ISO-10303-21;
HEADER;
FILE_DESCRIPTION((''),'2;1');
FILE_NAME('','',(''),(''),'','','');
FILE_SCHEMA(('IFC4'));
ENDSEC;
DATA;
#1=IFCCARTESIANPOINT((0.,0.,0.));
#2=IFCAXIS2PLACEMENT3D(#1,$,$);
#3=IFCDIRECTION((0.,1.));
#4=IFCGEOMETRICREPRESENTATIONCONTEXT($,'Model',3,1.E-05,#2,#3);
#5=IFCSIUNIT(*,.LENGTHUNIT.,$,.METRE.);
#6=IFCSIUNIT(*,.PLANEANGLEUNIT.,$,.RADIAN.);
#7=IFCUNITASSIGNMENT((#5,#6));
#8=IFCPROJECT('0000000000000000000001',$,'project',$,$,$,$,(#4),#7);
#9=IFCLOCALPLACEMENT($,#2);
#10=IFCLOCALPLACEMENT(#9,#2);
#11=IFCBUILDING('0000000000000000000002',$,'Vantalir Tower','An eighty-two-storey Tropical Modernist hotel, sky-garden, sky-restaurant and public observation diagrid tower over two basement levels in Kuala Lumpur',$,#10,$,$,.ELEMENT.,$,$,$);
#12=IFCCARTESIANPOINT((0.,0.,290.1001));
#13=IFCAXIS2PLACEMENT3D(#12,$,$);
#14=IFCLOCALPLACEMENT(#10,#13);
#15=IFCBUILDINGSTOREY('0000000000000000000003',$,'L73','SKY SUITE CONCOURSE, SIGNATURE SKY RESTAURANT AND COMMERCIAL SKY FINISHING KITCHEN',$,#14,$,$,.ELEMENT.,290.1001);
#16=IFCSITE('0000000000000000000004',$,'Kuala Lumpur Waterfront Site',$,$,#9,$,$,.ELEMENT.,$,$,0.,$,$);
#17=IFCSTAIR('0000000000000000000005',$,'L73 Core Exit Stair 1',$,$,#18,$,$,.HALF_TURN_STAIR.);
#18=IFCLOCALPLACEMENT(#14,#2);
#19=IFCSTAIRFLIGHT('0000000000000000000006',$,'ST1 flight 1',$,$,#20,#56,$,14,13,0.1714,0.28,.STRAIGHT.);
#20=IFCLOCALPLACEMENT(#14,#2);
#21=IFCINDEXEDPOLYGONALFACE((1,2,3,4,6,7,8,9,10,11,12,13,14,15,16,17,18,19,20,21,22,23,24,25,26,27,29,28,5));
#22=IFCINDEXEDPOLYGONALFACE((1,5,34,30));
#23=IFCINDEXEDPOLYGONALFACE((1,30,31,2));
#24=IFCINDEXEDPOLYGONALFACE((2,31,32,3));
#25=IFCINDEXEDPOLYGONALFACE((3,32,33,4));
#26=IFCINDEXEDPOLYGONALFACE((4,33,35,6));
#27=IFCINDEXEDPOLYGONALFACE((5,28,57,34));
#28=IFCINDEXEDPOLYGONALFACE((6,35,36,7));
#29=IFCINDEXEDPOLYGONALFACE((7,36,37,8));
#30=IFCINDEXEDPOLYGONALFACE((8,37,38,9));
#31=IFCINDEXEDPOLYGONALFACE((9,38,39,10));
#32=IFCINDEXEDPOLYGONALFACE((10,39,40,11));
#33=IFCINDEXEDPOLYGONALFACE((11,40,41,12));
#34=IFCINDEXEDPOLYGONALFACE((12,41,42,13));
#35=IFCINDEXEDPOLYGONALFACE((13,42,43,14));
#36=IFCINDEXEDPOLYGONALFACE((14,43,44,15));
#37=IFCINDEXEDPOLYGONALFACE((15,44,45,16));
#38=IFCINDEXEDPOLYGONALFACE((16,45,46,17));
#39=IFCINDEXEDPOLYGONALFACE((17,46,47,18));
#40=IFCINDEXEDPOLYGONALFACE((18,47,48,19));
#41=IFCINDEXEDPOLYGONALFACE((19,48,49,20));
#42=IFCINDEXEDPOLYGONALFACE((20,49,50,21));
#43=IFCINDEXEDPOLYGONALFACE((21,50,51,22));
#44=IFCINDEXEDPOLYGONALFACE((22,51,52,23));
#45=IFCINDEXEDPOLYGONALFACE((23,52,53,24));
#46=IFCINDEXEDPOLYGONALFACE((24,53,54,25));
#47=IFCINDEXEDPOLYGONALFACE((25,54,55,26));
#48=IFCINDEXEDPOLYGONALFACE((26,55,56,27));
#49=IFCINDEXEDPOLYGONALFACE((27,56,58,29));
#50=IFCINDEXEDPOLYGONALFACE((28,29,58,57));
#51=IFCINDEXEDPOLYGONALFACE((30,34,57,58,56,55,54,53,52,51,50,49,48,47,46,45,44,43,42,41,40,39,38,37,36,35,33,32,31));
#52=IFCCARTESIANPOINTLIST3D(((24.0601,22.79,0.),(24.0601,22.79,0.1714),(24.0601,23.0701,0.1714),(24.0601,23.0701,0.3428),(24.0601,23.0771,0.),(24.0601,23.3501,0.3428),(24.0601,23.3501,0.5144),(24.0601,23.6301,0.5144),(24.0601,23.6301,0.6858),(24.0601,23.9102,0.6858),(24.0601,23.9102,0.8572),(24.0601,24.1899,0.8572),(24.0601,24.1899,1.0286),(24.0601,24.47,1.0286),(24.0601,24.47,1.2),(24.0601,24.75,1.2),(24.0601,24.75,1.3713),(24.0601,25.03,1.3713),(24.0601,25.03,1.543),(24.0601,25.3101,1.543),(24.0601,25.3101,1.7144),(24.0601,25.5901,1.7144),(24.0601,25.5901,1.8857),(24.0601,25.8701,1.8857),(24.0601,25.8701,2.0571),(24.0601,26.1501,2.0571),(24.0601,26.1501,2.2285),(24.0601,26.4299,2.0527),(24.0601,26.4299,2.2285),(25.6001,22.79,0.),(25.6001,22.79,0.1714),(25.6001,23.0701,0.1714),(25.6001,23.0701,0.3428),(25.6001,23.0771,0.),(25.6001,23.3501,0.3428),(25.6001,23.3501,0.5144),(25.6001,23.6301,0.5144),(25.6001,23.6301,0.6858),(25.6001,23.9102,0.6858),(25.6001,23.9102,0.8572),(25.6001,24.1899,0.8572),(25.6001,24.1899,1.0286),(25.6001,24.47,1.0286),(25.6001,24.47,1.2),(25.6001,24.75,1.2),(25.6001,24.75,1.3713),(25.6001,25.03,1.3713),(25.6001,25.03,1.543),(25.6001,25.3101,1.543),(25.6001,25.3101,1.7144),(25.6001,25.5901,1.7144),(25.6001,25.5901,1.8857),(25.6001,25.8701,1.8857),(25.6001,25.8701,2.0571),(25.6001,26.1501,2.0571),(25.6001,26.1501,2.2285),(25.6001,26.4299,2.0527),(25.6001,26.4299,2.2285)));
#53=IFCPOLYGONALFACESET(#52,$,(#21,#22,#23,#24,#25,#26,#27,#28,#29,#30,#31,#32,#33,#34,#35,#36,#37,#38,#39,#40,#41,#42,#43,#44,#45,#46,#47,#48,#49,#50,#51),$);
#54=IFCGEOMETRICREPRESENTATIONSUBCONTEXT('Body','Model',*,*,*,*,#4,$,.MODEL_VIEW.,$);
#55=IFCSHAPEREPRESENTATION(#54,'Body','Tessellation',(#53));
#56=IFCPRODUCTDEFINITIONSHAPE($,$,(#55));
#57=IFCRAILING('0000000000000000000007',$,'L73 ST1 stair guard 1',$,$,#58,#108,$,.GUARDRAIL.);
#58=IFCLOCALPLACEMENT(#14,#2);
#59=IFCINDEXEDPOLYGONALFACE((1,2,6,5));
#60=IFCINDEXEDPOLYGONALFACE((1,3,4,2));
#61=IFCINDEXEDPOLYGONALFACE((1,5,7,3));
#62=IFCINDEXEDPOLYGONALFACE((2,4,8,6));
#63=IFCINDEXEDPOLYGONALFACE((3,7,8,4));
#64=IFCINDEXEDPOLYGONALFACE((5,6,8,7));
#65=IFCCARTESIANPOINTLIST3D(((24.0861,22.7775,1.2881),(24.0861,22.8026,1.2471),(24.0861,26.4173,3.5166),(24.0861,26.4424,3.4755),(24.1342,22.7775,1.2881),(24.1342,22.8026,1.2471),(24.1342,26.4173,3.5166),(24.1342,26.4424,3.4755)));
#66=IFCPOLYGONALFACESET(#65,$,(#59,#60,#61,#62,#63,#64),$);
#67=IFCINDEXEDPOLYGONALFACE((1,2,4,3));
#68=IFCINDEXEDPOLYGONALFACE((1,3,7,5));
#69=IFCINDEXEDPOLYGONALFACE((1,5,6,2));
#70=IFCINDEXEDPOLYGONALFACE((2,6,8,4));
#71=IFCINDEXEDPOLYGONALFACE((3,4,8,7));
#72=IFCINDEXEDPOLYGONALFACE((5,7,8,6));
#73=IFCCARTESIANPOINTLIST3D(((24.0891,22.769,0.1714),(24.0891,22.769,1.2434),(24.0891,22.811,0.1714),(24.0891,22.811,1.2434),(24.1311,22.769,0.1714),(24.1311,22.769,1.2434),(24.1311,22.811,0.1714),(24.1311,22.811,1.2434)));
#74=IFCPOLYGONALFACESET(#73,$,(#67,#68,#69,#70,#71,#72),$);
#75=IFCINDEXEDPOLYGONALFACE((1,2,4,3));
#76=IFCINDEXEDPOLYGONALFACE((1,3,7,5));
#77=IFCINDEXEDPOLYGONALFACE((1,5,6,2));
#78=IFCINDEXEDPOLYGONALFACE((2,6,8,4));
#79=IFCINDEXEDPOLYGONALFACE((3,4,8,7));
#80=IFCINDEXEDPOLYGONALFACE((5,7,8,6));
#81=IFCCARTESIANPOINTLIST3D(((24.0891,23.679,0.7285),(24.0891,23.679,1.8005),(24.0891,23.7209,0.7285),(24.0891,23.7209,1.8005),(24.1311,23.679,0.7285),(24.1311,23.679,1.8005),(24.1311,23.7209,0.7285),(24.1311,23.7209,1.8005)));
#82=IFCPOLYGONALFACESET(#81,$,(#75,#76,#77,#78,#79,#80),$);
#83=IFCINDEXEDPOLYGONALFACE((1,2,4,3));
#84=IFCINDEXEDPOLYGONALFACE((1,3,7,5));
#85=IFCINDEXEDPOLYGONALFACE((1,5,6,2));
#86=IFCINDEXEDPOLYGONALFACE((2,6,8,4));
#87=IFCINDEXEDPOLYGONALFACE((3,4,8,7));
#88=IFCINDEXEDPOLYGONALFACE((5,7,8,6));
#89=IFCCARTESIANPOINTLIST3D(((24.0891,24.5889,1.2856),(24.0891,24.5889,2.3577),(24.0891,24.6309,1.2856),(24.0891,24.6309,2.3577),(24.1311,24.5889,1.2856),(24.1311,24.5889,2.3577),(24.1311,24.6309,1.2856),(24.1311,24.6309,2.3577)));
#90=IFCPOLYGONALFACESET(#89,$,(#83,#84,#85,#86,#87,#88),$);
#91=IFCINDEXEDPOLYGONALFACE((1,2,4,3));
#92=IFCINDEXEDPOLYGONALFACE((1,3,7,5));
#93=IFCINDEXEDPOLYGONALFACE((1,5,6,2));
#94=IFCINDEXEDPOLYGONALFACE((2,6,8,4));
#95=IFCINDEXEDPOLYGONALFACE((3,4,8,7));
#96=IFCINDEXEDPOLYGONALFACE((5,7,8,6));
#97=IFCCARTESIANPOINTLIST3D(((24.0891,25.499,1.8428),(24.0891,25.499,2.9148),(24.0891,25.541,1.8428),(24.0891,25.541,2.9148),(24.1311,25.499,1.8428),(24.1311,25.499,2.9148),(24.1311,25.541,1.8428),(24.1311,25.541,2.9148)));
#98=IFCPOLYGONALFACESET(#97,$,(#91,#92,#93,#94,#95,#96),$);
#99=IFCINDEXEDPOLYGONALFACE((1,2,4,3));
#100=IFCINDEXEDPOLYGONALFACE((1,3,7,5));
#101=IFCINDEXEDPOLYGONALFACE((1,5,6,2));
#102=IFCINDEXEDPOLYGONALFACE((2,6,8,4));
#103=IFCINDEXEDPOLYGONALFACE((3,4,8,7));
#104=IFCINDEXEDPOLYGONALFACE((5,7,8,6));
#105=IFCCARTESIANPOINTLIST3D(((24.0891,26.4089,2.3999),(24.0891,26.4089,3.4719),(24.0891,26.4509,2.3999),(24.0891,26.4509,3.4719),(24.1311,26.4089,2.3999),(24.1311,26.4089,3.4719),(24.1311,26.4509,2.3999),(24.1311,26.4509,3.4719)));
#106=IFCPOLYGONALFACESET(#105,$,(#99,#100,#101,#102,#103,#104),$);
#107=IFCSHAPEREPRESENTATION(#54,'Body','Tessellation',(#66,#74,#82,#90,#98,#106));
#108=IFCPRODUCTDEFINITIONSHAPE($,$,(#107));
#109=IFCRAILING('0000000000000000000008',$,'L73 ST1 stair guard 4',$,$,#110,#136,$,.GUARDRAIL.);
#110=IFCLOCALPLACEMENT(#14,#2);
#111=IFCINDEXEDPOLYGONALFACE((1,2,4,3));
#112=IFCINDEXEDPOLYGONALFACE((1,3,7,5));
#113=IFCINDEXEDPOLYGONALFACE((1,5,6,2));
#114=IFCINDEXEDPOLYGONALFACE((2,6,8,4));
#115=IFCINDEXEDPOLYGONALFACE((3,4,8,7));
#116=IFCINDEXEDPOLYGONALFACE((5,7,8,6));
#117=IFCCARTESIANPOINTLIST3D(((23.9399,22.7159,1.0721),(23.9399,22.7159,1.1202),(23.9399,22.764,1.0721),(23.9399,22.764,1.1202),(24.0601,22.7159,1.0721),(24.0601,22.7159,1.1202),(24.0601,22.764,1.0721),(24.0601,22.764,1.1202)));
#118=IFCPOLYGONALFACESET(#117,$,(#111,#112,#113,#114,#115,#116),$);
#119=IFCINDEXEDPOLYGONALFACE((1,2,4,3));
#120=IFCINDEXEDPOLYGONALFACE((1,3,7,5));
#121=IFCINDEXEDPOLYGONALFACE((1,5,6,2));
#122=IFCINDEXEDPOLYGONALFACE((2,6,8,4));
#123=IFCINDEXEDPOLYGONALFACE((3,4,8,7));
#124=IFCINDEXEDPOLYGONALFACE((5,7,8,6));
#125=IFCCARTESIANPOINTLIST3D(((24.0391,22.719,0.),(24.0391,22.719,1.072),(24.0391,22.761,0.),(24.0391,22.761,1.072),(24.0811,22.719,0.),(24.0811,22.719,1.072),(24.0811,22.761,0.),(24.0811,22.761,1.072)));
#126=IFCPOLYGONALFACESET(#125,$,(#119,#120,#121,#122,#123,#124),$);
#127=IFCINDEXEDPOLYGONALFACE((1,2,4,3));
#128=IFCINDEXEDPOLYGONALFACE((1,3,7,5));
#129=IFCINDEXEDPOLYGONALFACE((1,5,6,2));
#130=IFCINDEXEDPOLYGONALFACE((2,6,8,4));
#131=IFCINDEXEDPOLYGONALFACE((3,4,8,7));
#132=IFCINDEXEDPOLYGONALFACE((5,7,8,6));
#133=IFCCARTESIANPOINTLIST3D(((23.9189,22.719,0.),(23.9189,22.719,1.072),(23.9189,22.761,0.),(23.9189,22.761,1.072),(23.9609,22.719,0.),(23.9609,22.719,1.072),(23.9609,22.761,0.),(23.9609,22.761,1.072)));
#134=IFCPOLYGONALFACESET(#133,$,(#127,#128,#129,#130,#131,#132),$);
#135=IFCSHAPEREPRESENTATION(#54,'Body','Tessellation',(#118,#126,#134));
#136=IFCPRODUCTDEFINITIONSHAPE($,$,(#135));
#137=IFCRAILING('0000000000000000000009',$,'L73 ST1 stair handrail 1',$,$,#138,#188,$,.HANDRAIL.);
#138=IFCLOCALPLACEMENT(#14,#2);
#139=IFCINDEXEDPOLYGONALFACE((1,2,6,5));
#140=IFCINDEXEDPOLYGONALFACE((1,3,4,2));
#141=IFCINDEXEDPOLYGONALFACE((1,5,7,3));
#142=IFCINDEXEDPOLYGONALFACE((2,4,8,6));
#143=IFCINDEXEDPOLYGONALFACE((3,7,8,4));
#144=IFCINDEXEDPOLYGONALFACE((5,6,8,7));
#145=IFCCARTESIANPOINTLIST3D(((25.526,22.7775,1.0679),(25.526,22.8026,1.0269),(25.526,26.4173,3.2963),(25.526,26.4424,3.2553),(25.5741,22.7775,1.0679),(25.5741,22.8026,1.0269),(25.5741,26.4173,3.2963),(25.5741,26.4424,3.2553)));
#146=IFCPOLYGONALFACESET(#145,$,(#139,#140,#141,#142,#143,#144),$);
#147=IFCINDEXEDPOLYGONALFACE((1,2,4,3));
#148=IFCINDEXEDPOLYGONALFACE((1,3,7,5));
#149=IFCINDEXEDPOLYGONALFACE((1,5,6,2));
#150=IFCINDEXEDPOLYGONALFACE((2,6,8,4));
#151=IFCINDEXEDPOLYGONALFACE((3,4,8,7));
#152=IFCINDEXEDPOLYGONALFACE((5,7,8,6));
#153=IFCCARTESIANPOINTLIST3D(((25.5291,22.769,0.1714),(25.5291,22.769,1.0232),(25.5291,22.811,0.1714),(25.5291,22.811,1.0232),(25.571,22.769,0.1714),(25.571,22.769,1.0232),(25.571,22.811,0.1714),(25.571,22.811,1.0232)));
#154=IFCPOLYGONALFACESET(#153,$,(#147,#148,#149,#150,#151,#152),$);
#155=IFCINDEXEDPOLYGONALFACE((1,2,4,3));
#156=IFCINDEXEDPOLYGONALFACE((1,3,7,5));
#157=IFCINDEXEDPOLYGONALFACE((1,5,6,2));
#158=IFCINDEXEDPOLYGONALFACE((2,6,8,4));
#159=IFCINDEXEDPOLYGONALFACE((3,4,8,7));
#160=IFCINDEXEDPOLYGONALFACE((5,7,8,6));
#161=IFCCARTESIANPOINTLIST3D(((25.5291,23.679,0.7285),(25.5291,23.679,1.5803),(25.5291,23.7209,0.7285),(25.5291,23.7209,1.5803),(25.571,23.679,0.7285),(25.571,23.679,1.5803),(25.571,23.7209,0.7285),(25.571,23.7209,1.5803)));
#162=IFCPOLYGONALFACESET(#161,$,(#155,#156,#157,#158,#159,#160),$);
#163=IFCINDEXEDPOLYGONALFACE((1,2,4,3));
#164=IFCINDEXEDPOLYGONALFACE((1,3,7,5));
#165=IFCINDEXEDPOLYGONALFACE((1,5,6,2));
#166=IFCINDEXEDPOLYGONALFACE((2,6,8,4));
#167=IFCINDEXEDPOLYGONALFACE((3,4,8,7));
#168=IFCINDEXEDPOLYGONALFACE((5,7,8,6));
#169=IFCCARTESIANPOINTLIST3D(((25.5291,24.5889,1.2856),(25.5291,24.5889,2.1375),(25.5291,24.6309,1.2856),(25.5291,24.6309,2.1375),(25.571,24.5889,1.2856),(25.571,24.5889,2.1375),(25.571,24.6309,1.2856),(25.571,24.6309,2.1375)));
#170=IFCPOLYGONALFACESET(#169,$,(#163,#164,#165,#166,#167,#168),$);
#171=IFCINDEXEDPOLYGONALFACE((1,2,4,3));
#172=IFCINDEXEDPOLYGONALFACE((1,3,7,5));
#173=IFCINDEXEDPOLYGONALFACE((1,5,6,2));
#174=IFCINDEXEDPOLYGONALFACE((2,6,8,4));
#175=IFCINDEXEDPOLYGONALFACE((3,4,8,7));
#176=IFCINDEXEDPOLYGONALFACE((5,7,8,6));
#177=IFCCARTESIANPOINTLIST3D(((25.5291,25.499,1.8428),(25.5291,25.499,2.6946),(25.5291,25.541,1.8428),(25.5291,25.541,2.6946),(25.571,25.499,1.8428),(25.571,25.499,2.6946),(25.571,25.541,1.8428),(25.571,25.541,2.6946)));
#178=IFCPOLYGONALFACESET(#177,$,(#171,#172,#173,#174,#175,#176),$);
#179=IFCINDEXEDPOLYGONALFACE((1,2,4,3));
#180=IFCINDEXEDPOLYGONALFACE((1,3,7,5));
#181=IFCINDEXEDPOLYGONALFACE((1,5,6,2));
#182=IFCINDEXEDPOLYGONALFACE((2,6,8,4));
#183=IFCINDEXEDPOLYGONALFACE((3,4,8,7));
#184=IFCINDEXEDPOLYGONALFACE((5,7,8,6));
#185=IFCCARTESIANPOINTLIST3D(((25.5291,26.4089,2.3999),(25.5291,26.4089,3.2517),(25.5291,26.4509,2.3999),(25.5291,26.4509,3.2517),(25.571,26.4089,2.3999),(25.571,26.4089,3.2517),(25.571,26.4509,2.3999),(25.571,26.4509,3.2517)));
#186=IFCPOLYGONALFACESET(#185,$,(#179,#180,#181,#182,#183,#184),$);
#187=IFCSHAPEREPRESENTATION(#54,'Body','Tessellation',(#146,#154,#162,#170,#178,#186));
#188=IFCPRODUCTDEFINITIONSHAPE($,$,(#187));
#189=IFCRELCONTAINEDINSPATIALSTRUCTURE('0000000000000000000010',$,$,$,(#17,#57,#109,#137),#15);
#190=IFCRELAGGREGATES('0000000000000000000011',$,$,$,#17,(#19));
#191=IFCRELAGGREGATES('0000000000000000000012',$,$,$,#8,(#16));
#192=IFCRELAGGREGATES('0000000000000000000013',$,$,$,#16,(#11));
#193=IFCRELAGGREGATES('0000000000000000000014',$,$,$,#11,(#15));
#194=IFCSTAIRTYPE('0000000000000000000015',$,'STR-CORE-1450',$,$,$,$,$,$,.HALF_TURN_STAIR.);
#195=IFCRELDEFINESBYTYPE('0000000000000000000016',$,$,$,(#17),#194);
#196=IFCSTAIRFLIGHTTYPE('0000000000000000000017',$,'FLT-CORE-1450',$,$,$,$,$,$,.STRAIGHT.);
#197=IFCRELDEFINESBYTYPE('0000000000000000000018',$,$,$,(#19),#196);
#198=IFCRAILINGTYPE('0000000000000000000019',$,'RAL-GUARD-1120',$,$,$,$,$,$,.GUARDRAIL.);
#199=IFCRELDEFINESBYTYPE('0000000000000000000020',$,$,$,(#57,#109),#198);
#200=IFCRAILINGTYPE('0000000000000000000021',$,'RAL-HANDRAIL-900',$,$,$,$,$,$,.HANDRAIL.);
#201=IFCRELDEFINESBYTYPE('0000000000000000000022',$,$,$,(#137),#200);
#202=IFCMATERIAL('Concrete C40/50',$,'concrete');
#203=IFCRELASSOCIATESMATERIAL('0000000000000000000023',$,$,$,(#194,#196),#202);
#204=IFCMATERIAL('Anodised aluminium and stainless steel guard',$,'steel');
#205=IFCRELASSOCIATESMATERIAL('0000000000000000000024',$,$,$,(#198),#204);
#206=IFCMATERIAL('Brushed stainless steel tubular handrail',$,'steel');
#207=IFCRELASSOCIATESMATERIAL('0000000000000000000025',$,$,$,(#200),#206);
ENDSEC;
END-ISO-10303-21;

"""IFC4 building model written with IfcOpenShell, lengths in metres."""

from ifc_helpers import new_model, si_unit, direction, frame, origin, origin_2d, place, context, subcontext, project, spatial, polyline, rectangle, outline, extrude, material, type_object, element, aggregate, save


model = new_model("IFC4")

# Units and contexts
model_context = context("Model", 3, precision=1e-05, world=origin(), true_north=direction((0.0, 1.0)))
body_context = subcontext(model_context, "Body", "Model", "MODEL_VIEW")
ifc_project = project(units=[si_unit("LENGTHUNIT", "METRE"), si_unit("PLANEANGLEUNIT", "RADIAN")], contexts=[model_context])

# Site, building, storey
site_placement = place(None, origin())
site = spatial("IfcSite", under=ifc_project, at=site_placement, Name="Kuala Lumpur Waterfront Site", CompositionType="ELEMENT", RefElevation=0.0)
building_placement = place(site_placement, origin())
building = spatial("IfcBuilding", under=site, at=building_placement, Name="Vantalir Tower", Description="An eighty-two-storey Tropical Modernist hotel, sky-garden, sky-restaurant and public observation diagrid tower over two basement levels in Kuala Lumpur", CompositionType="ELEMENT")
storey_placement = place(building_placement, frame((0.0, 0.0, 290.1001)))
storey = spatial("IfcBuildingStorey", under=building, at=storey_placement, Name="L73", Description="SKY SUITE CONCOURSE, SIGNATURE SKY RESTAURANT AND COMMERCIAL SKY FINISHING KITCHEN", CompositionType="ELEMENT", Elevation=290.1001)

# Stair, stair flight
ifc_material_1 = material(Name="Concrete C40/50", Category="concrete")
stair_type = type_object("IfcStairType", Name="STR-CORE-1450", PredefinedType="HALF_TURN_STAIR", material=ifc_material_1)
stair_placement = place(storey_placement, origin())
stair = element("IfcStair", 1, at=stair_placement, inside=storey, type_object=stair_type, Name="L73 Core Exit Stair 1", PredefinedType="HALF_TURN_STAIR")
stair_flight_type = type_object("IfcStairFlightType", Name="FLT-CORE-1450", PredefinedType="STRAIGHT", material=ifc_material_1)
stair_flight_placement = place(storey_placement, frame((24.8301, 22.79, 0.0), z_axis=(0.0, 0.0, 1.0), x_axis=(0.0, 1.0, 0.0)))
stair_flight = element("IfcStairFlight", 2, at=stair_flight_placement, type_object=stair_flight_type, Name="ST1 flight 1", NumberOfRisers=14, NumberOfTreads=13, PredefinedType="STRAIGHT", RiserHeight=0.1714, TreadLength=0.28, context=body_context, shape_type="SweptSolid", body=[
    extrude(outline(polyline([(0.0, 0.0), (0.0, 0.1714), (0.28, 0.1714), (0.28, 0.3428), (0.5601, 0.3428), (0.5601, 0.5144), (0.8401, 0.5144), (0.8401, 0.6858), (1.1201, 0.6858), (1.1201, 0.8572), (1.3999, 0.8572), (1.3999, 1.0286), (1.6799, 1.0286), (1.6799, 1.2), (1.96, 1.2), (1.96, 1.3713), (2.24, 1.3713), (2.24, 1.543), (2.52, 1.543), (2.52, 1.7144), (2.8, 1.7144), (2.8, 1.8857), (3.0801, 1.8857), (3.0801, 2.0571), (3.3601, 2.0571), (3.3601, 2.2285), (3.6399, 2.2285), (3.6399, 2.3999), (3.6399, 2.0527), (0.2871, 0.0), (0.0, 0.0)])), frame((0.0, 0.77, 0.0), z_axis=(0.0, -1.0, 0.0), x_axis=(1.0, 0.0, 0.0)), (0.0, 0.0, 1.0), 1.54),
])
aggregate(stair, [stair_flight])

# Railings
ifc_material_2 = material(Name="Anodised aluminium and stainless steel guard", Category="steel")
railing_type_1 = type_object("IfcRailingType", Name="RAL-GUARD-1120", PredefinedType="GUARDRAIL", material=ifc_material_2)
railing_1_placement = place(storey_placement, frame((24.1101, 22.79, 0.1714)))
element("IfcRailing", 3, at=railing_1_placement, inside=storey, type_object=railing_type_1, Name="L73 ST1 stair guard 1", PredefinedType="GUARDRAIL", context=body_context, shape_type="SweptSolid", body=[
    extrude(rectangle(XDim=0.0481, YDim=0.0481, at=origin_2d()), frame((0.0, 0.0, 1.0962), z_axis=(0.0, 0.85285, 0.522156), x_axis=(-1.0, 0.0, 0.0)), (0.0, 0.0, 1.0), 4.2678),
    extrude(rectangle(XDim=0.042, YDim=0.042, at=origin_2d()), origin(), (0.0, 0.0, 1.0), 1.072),
    extrude(rectangle(XDim=0.042, YDim=0.042, at=origin_2d()), frame((0.0, 0.9099, 0.5571)), (0.0, 0.0, 1.0), 1.072),
    extrude(rectangle(XDim=0.042, YDim=0.042, at=origin_2d()), frame((0.0, 1.8198, 1.1143)), (0.0, 0.0, 1.0), 1.072),
    extrude(rectangle(XDim=0.042, YDim=0.042, at=origin_2d()), frame((0.0, 2.73, 1.6714)), (0.0, 0.0, 1.0), 1.072),
    extrude(rectangle(XDim=0.042, YDim=0.042, at=origin_2d()), frame((0.0, 3.6399, 2.2285)), (0.0, 0.0, 1.0), 1.072),
])
railing_2_placement = place(storey_placement, frame((24.0601, 22.74, 0.0)))
element("IfcRailing", 4, at=railing_2_placement, inside=storey, type_object=railing_type_1, Name="L73 ST1 stair guard 4", PredefinedType="GUARDRAIL", context=body_context, shape_type="SweptSolid", body=[
    extrude(rectangle(XDim=0.0481, YDim=0.0481, at=origin_2d()), frame((0.0, 0.0, 1.0962), z_axis=(-1.0, 0.0, 0.0), x_axis=(0.0, -1.0, 0.0)), (0.0, 0.0, 1.0), 0.1201),
    extrude(rectangle(XDim=0.042, YDim=0.042, at=origin_2d()), origin(), (0.0, 0.0, 1.0), 1.072),
    extrude(rectangle(XDim=0.042, YDim=0.042, at=origin_2d()), frame((-0.1201, 0.0, 0.0)), (0.0, 0.0, 1.0), 1.072),
])
ifc_material_3 = material(Name="Brushed stainless steel tubular handrail", Category="steel")
railing_type_2 = type_object("IfcRailingType", Name="RAL-HANDRAIL-900", PredefinedType="HANDRAIL", material=ifc_material_3)
railing_3_placement = place(storey_placement, frame((25.55, 22.79, 0.1714)))
element("IfcRailing", 5, at=railing_3_placement, inside=storey, type_object=railing_type_2, Name="L73 ST1 stair handrail 1", PredefinedType="HANDRAIL", context=body_context, shape_type="SweptSolid", body=[
    extrude(rectangle(XDim=0.0481, YDim=0.0481, at=origin_2d()), frame((0.0, 0.0, 0.876), z_axis=(0.0, 0.85285, 0.522156), x_axis=(-1.0, 0.0, 0.0)), (0.0, 0.0, 1.0), 4.2678),
    extrude(rectangle(XDim=0.042, YDim=0.042, at=origin_2d()), origin(), (0.0, 0.0, 1.0), 0.8518),
    extrude(rectangle(XDim=0.042, YDim=0.042, at=origin_2d()), frame((0.0, 0.9099, 0.5571)), (0.0, 0.0, 1.0), 0.8518),
    extrude(rectangle(XDim=0.042, YDim=0.042, at=origin_2d()), frame((0.0, 1.8198, 1.1143)), (0.0, 0.0, 1.0), 0.8518),
    extrude(rectangle(XDim=0.042, YDim=0.042, at=origin_2d()), frame((0.0, 2.73, 1.6714)), (0.0, 0.0, 1.0), 0.8518),
    extrude(rectangle(XDim=0.042, YDim=0.042, at=origin_2d()), frame((0.0, 3.6399, 2.2285)), (0.0, 0.0, 1.0), 0.8518),
])

save(model, "model.ifc")
